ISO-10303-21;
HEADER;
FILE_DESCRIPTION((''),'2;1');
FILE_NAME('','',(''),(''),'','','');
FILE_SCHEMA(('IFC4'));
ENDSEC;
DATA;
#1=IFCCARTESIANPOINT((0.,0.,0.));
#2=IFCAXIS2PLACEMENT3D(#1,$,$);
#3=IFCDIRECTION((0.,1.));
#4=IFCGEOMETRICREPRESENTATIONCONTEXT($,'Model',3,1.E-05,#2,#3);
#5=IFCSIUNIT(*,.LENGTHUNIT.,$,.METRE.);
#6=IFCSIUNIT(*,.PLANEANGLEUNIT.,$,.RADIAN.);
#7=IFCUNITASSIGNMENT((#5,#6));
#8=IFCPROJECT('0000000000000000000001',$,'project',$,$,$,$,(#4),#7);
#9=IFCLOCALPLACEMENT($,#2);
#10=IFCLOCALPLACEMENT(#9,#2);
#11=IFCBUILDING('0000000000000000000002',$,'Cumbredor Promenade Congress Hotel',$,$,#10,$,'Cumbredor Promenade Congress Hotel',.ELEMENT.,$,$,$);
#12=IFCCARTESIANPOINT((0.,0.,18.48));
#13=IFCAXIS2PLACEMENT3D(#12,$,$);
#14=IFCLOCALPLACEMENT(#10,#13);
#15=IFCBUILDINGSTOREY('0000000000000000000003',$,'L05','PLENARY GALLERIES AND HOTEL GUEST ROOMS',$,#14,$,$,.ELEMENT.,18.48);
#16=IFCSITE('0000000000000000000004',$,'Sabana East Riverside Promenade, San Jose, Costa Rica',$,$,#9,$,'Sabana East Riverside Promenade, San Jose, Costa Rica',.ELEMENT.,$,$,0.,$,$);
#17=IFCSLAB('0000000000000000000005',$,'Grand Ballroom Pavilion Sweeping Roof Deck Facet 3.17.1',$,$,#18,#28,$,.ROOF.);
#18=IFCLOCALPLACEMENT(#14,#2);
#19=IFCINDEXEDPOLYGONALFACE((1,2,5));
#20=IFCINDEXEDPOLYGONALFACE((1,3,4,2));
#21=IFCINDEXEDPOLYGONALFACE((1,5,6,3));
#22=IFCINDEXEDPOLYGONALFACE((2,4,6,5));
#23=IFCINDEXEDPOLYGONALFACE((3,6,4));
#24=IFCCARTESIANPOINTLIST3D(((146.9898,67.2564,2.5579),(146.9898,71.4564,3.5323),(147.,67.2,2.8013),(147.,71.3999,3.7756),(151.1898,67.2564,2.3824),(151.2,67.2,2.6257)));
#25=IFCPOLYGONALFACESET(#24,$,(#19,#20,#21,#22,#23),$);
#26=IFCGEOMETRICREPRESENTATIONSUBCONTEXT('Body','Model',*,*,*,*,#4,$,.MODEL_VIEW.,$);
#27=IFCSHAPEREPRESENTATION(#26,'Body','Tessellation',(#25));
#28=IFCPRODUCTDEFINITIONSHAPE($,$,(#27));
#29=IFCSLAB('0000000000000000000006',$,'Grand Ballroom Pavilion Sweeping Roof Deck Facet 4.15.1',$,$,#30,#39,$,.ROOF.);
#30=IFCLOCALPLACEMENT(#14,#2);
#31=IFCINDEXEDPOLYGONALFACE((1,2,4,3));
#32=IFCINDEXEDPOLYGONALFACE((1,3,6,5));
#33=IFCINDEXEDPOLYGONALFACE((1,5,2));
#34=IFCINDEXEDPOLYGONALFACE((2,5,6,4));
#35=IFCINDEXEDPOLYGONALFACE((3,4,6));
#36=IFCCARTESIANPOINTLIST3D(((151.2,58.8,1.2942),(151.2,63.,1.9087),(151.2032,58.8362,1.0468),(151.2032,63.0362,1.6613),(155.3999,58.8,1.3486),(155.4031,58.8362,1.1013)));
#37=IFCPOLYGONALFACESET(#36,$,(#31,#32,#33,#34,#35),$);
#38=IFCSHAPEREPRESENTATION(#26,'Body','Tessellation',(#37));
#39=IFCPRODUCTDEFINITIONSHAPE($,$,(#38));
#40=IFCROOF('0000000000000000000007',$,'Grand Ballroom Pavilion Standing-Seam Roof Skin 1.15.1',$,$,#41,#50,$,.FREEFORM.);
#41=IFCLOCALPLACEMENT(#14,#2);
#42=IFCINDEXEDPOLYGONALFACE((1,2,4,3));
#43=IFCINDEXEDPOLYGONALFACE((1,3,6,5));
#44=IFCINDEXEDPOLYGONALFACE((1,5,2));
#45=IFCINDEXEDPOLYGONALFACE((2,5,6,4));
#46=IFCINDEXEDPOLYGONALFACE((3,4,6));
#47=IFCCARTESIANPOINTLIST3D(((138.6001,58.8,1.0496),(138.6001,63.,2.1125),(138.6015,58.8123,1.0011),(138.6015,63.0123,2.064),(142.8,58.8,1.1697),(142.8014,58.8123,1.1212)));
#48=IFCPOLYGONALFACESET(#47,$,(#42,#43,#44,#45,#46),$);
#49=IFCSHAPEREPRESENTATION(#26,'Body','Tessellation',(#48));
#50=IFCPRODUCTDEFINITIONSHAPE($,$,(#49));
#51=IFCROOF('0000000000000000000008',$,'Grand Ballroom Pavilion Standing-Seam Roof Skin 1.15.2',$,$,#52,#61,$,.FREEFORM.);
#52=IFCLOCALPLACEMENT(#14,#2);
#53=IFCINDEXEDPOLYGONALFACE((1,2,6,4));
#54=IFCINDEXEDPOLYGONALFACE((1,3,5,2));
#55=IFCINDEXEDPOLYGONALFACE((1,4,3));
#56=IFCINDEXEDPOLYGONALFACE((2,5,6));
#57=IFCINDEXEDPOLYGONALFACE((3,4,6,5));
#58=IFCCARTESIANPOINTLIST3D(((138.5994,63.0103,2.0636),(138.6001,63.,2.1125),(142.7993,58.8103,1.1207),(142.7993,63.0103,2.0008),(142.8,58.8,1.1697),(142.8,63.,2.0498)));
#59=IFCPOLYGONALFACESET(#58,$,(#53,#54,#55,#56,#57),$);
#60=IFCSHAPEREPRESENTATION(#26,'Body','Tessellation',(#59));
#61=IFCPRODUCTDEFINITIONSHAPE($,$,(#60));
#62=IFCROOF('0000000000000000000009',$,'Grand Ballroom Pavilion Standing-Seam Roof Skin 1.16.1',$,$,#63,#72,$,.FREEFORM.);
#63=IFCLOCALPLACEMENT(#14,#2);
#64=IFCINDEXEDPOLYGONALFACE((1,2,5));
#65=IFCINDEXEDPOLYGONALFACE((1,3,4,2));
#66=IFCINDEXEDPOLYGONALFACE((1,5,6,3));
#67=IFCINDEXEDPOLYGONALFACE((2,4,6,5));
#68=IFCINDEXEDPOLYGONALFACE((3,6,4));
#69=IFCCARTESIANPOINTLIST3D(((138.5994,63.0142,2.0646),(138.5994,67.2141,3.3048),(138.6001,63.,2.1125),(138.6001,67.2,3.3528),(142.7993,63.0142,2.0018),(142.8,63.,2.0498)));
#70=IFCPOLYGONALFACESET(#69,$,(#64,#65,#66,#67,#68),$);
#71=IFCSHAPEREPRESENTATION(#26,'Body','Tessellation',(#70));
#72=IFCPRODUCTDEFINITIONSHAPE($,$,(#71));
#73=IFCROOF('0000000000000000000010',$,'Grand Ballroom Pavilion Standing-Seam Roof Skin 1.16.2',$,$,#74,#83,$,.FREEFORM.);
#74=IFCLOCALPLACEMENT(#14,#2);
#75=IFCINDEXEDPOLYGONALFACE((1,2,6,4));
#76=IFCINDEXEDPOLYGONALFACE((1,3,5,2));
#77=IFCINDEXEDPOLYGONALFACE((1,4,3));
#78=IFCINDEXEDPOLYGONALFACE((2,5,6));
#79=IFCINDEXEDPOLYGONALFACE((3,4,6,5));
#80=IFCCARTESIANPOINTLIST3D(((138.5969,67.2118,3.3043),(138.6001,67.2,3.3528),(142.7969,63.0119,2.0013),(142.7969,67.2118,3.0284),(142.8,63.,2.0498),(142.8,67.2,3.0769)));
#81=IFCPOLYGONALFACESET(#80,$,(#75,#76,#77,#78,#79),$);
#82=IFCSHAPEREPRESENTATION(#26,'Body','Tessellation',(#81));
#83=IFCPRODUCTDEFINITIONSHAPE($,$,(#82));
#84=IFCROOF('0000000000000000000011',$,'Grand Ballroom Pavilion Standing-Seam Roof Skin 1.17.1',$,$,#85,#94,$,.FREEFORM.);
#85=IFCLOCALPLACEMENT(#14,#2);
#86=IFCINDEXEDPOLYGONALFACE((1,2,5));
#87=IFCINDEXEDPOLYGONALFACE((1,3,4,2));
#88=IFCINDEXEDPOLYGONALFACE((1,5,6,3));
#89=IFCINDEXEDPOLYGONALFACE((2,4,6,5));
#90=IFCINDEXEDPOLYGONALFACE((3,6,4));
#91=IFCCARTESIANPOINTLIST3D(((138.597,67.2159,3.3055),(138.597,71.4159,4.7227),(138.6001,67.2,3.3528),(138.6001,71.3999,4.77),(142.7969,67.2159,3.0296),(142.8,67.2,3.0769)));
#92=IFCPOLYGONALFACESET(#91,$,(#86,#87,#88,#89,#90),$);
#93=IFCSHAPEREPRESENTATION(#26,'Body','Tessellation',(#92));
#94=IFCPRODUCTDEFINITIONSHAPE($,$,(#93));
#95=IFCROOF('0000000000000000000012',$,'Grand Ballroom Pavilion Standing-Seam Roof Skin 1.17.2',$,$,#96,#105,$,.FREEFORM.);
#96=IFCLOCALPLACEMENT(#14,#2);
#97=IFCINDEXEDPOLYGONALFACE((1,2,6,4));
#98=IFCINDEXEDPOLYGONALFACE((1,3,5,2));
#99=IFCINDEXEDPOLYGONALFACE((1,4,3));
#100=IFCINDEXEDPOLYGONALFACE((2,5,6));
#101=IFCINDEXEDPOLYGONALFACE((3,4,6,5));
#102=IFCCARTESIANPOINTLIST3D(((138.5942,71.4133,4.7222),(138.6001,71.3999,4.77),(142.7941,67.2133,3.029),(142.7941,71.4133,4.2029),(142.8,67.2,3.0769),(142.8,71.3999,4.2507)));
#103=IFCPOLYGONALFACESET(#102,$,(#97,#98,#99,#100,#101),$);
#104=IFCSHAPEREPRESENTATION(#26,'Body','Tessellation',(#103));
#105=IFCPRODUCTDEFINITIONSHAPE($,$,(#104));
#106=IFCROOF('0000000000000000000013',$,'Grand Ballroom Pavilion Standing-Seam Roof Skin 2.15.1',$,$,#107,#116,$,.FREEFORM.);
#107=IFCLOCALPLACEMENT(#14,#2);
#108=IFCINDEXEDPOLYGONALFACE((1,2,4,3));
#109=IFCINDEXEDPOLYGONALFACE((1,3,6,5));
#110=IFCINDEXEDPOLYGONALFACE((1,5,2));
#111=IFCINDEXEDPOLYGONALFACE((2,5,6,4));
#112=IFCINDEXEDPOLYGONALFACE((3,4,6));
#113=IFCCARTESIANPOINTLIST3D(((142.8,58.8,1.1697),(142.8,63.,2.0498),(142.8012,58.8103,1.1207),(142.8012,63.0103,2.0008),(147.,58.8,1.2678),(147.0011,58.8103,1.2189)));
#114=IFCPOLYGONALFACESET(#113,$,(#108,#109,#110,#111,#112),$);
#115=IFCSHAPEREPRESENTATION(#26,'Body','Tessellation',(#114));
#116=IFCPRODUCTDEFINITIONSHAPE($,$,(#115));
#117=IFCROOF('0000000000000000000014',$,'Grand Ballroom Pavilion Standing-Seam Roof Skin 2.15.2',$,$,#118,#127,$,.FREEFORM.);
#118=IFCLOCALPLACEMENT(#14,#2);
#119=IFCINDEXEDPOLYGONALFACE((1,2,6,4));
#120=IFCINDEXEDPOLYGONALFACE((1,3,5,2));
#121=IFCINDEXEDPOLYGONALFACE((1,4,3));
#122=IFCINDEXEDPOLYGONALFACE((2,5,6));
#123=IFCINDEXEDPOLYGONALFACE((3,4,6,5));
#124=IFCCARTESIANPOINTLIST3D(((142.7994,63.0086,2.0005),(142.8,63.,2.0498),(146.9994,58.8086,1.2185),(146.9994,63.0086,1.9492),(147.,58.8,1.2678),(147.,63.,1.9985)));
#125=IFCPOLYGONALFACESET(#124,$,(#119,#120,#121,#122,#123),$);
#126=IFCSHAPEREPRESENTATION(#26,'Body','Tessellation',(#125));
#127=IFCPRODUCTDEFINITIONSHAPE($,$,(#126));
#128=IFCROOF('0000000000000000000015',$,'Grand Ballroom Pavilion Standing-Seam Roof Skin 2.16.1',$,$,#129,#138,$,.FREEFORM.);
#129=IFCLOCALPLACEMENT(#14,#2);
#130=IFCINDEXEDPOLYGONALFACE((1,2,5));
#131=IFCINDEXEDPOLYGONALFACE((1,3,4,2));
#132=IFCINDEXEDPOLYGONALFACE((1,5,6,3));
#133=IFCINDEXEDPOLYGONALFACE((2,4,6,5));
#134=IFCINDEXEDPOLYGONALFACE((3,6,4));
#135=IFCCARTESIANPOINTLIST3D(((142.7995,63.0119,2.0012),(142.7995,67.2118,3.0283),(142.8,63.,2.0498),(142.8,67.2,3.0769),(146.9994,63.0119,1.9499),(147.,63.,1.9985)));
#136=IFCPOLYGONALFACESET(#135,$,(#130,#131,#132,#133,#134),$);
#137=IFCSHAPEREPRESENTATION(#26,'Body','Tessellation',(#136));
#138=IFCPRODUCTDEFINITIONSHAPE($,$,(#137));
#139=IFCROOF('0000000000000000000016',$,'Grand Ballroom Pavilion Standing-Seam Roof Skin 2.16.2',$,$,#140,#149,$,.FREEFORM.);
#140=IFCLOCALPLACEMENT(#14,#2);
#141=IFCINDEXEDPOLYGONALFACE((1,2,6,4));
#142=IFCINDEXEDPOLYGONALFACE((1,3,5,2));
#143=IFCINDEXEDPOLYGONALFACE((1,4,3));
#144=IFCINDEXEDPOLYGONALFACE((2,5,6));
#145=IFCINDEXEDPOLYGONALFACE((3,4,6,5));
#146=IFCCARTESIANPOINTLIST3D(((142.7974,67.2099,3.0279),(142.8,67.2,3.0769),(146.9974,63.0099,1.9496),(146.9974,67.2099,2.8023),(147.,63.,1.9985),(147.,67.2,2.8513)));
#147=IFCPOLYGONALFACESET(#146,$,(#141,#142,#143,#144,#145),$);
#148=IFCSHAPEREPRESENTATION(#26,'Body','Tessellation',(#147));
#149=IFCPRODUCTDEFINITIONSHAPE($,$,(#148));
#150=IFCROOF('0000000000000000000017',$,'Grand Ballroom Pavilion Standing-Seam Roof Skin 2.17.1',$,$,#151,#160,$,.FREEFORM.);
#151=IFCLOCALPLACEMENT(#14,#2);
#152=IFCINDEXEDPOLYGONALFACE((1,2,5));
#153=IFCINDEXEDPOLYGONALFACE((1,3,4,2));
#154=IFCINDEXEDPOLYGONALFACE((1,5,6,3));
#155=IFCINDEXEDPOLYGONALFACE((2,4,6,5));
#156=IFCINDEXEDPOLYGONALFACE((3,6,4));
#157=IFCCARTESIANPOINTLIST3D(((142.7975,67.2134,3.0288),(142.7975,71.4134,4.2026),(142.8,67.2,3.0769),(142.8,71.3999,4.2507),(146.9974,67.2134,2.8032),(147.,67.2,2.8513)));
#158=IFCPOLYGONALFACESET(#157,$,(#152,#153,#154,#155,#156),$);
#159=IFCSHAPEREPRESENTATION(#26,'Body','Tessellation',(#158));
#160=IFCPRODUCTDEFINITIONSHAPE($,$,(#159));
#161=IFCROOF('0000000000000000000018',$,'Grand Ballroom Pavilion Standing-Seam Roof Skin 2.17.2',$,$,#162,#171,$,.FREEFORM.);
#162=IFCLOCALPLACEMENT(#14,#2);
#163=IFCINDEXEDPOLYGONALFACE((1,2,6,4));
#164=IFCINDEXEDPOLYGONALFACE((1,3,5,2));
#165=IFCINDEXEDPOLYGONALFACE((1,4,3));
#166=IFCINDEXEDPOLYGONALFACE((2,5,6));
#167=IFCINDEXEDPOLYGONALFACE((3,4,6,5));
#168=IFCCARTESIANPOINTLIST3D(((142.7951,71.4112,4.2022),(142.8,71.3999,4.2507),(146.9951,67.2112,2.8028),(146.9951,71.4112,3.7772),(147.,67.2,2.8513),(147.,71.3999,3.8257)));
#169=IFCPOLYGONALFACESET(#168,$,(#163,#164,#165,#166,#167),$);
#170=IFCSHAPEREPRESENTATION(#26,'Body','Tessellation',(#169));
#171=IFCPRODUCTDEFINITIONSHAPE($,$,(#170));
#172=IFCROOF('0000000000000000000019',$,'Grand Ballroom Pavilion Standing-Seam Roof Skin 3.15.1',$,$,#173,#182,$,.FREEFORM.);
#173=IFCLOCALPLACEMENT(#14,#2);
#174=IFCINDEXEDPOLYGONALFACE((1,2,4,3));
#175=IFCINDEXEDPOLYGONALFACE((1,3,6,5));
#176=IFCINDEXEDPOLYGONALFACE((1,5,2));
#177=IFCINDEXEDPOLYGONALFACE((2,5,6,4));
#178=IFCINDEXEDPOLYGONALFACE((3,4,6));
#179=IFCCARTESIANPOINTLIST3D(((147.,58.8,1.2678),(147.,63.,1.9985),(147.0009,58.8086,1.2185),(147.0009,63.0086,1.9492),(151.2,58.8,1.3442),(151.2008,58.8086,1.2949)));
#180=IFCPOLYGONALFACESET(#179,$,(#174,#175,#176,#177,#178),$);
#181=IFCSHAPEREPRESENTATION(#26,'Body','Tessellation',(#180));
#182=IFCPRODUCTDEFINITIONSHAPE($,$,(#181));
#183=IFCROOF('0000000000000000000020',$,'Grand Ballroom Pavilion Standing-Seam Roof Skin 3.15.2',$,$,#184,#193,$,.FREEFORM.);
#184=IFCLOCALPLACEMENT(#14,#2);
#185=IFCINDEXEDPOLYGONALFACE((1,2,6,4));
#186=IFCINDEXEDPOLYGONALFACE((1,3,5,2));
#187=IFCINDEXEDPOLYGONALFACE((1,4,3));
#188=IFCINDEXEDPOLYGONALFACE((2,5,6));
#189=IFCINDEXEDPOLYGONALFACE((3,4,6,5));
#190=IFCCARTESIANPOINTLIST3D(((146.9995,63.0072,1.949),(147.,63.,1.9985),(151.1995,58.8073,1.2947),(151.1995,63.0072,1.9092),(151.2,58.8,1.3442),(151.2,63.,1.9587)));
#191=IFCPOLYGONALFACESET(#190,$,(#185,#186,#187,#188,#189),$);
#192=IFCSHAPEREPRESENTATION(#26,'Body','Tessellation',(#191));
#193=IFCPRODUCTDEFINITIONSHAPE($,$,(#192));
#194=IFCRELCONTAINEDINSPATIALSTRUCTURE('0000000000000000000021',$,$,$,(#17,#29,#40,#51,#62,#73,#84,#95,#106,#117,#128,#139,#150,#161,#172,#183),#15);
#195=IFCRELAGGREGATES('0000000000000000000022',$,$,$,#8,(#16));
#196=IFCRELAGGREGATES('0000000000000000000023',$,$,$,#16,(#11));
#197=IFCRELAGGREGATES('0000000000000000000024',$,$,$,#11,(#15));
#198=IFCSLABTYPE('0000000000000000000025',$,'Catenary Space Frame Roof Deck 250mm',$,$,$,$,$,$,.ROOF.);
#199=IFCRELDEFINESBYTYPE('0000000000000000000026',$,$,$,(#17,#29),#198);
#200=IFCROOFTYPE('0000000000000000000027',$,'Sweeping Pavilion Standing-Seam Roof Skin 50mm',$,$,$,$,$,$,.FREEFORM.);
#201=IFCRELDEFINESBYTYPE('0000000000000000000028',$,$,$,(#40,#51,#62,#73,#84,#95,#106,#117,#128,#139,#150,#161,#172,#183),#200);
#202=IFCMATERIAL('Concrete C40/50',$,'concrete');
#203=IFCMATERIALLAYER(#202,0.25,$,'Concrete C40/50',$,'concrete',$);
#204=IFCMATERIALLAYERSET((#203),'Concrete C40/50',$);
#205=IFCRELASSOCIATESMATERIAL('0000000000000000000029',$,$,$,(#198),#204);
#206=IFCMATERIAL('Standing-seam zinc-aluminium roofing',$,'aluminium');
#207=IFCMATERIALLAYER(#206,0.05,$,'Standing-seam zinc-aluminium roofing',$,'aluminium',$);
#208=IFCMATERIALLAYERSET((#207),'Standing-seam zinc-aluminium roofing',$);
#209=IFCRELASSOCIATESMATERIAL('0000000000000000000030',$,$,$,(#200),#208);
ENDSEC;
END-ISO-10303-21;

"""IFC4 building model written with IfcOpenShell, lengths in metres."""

from ifc_helpers import new_model, si_unit, direction, frame, origin, place, context, subcontext, project, spatial, polyline, outline, extrude, material, layer, layer_set, type_object, element, save


model = new_model("IFC4")

# Units and contexts
model_context = context("Model", 3, precision=1e-05, world=origin(), true_north=direction((0.0, 1.0)))
body_context = subcontext(model_context, "Body", "Model", "MODEL_VIEW")
ifc_project = project(units=[si_unit("LENGTHUNIT", "METRE"), si_unit("PLANEANGLEUNIT", "RADIAN")], contexts=[model_context])

# Site, building, storey
site_placement = place(None, origin())
site = spatial("IfcSite", under=ifc_project, at=site_placement, Name="Sabana East Riverside Promenade, San Jose, Costa Rica", LongName="Sabana East Riverside Promenade, San Jose, Costa Rica", CompositionType="ELEMENT", RefElevation=0.0)
building_placement = place(site_placement, origin())
building = spatial("IfcBuilding", under=site, at=building_placement, Name="Cumbredor Promenade Congress Hotel", LongName="Cumbredor Promenade Congress Hotel", CompositionType="ELEMENT")
storey_placement = place(building_placement, frame((0.0, 0.0, 18.48)))
storey = spatial("IfcBuildingStorey", under=building, at=storey_placement, Name="L05", Description="PLENARY GALLERIES AND HOTEL GUEST ROOMS", CompositionType="ELEMENT", Elevation=18.48)

# Slabs
ifc_material_1 = material(Name="Concrete C40/50", Category="concrete")
ifc_layer_1 = layer(ifc_material_1, 0.25, Name="Concrete C40/50", Category="concrete")
ifc_layer_set_1 = layer_set([ifc_layer_1], Name="Concrete C40/50")
slab_type = type_object("IfcSlabType", Name="Catenary Space Frame Roof Deck 250mm", PredefinedType="ROOF", material=ifc_layer_set_1)
slab_1_placement = place(storey_placement, frame((147.0, 67.2, 2.8013), z_axis=(0.04068, -0.225805, 0.973323), x_axis=(0.999128, 0.0, -0.041759)))
element("IfcSlab", 1, at=slab_1_placement, inside=storey, type_object=slab_type, Name="Grand Ballroom Pavilion Sweeping Roof Deck Facet 3.17.1", PredefinedType="ROOF", context=body_context, shape_type="SweptSolid", body=[
    extrude(outline(polyline([(0.0, 0.0), (4.2036, 0.0), (-0.0407, 4.3113), (0.0, 0.0)])), origin(), (0.0, 0.0, -1.0), 0.25),
])
slab_2_placement = place(storey_placement, frame((151.2, 58.8, 1.2942), z_axis=(-0.012825, -0.144758, 0.989384), x_axis=(0.999916, 0.0, 0.012962)))
element("IfcSlab", 2, at=slab_2_placement, inside=storey, type_object=slab_type, Name="Grand Ballroom Pavilion Sweeping Roof Deck Facet 4.15.1", PredefinedType="ROOF", context=body_context, shape_type="SweptSolid", body=[
    extrude(outline(polyline([(0.0, 0.0), (4.2003, 0.0), (0.008, 4.2447), (0.0, 0.0)])), origin(), (0.0, 0.0, -1.0), 0.25),
])

# Roofs
ifc_material_2 = material(Name="Standing-seam zinc-aluminium roofing", Category="aluminium")
ifc_layer_2 = layer(ifc_material_2, 0.05, Name="Standing-seam zinc-aluminium roofing", Category="aluminium")
ifc_layer_set_2 = layer_set([ifc_layer_2], Name="Standing-seam zinc-aluminium roofing")
roof_type = type_object("IfcRoofType", Name="Sweeping Pavilion Standing-Seam Roof Skin 50mm", PredefinedType="FREEFORM", material=ifc_layer_set_2)
roof_1_placement = place(storey_placement, frame((138.6001, 58.8, 1.0496), z_axis=(-0.027715, -0.245265, 0.96906), x_axis=(0.999591, 0.0, 0.028588)))
element("IfcRoof", 3, at=roof_1_placement, inside=storey, type_object=roof_type, Name="Grand Ballroom Pavilion Standing-Seam Roof Skin 1.15.1", PredefinedType="FREEFORM", context=body_context, shape_type="SweptSolid", body=[
    extrude(outline(polyline([(0.0, 0.0), (4.2017, 0.0), (0.0304, 4.3323), (0.0, 0.0)])), origin(), (0.0, 0.0, -1.0), 0.05),
])
roof_2_placement = place(storey_placement, frame((142.8, 58.8, 1.1697), z_axis=(0.01462, -0.20508, 0.978636), x_axis=(0.0, 0.978741, 0.205101)))
element("IfcRoof", 4, at=roof_2_placement, inside=storey, type_object=roof_type, Name="Grand Ballroom Pavilion Standing-Seam Roof Skin 1.15.2", PredefinedType="FREEFORM", context=body_context, shape_type="SweptSolid", body=[
    extrude(outline(polyline([(0.0, 0.0), (4.2912, 0.0), (4.304, 4.2004), (0.0, 0.0)])), origin(), (0.0, 0.0, -1.0), 0.05),
])
roof_3_placement = place(storey_placement, frame((138.6001, 63.0, 2.1125), z_axis=(0.014326, -0.283178, 0.95896), x_axis=(0.999888, 0.0, -0.014938)))
element("IfcRoof", 5, at=roof_3_placement, inside=storey, type_object=roof_type, Name="Grand Ballroom Pavilion Standing-Seam Roof Skin 1.16.1", PredefinedType="FREEFORM", context=body_context, shape_type="SweptSolid", body=[
    extrude(outline(polyline([(0.0, 0.0), (4.2004, 0.0), (-0.0185, 4.3792), (0.0, 0.0)])), origin(), (0.0, 0.0, -1.0), 0.05),
])
roof_4_placement = place(storey_placement, frame((142.8, 63.0, 2.0498), z_axis=(0.063676, -0.237068, 0.969404), x_axis=(0.0, 0.971375, 0.23755)))
element("IfcRoof", 6, at=roof_4_placement, inside=storey, type_object=roof_type, Name="Grand Ballroom Pavilion Standing-Seam Roof Skin 1.16.2", PredefinedType="FREEFORM", context=body_context, shape_type="SweptSolid", body=[
    extrude(outline(polyline([(0.0, 0.0), (4.3237, 0.0), (4.3893, 4.2085), (0.0, 0.0)])), origin(), (0.0, 0.0, -1.0), 0.05),
])
roof_5_placement = place(storey_placement, frame((138.6001, 67.2, 3.3528), z_axis=(0.062118, -0.319111, 0.945679), x_axis=(0.99785, 0.0, -0.065545)))
element("IfcRoof", 7, at=roof_5_placement, inside=storey, type_object=roof_type, Name="Grand Ballroom Pavilion Standing-Seam Roof Skin 1.17.1", PredefinedType="FREEFORM", context=body_context, shape_type="SweptSolid", body=[
    extrude(outline(polyline([(0.0, 0.0), (4.209, 0.0), (-0.0929, 4.4316), (0.0, 0.0)])), origin(), (0.0, 0.0, -1.0), 0.05),
])
roof_6_placement = place(storey_placement, frame((142.8, 67.2, 3.0769), z_axis=(0.118243, -0.267283, 0.956336), x_axis=(0.0, 0.963092, 0.269171)))
element("IfcRoof", 8, at=roof_6_placement, inside=storey, type_object=roof_type, Name="Grand Ballroom Pavilion Standing-Seam Roof Skin 1.17.2", PredefinedType="FREEFORM", context=body_context, shape_type="SweptSolid", body=[
    extrude(outline(polyline([(0.0, 0.0), (4.3609, 0.0), (4.5007, 4.2296), (0.0, 0.0)])), origin(), (0.0, 0.0, -1.0), 0.05),
])
roof_7_placement = place(storey_placement, frame((142.8, 58.8, 1.1697), z_axis=(-0.022865, -0.205048, 0.978485), x_axis=(0.999727, 0.0, 0.023362)))
element("IfcRoof", 9, at=roof_7_placement, inside=storey, type_object=roof_type, Name="Grand Ballroom Pavilion Standing-Seam Roof Skin 2.15.1", PredefinedType="FREEFORM", context=body_context, shape_type="SweptSolid", body=[
    extrude(outline(polyline([(0.0, 0.0), (4.2011, 0.0), (0.0206, 4.2911), (0.0, 0.0)])), origin(), (0.0, 0.0, -1.0), 0.05),
])
roof_8_placement = place(storey_placement, frame((147.0, 58.8, 1.2678), z_axis=(0.012026, -0.171394, 0.985129), x_axis=(0.0, 0.9852, 0.171406)))
element("IfcRoof", 10, at=roof_8_placement, inside=storey, type_object=roof_type, Name="Grand Ballroom Pavilion Standing-Seam Roof Skin 2.15.2", PredefinedType="FREEFORM", context=body_context, shape_type="SweptSolid", body=[
    extrude(outline(polyline([(0.0, 0.0), (4.263, 0.0), (4.2718, 4.2003), (0.0, 0.0)])), origin(), (0.0, 0.0, -1.0), 0.05),
])
roof_9_placement = place(storey_placement, frame((142.8, 63.0, 2.0498), z_axis=(0.011857, -0.237533, 0.971307), x_axis=(0.999926, 0.0, -0.012206)))
element("IfcRoof", 11, at=roof_9_placement, inside=storey, type_object=roof_type, Name="Grand Ballroom Pavilion Standing-Seam Roof Skin 2.16.1", PredefinedType="FREEFORM", context=body_context, shape_type="SweptSolid", body=[
    extrude(outline(polyline([(0.0, 0.0), (4.2003, 0.0), (-0.0125, 4.3237), (0.0, 0.0)])), origin(), (0.0, 0.0, -1.0), 0.05),
])
roof_10_placement = place(storey_placement, frame((147.0, 63.0, 1.9985), z_axis=(0.052565, -0.19871, 0.978648), x_axis=(0.0, 0.980002, 0.198986)))
element("IfcRoof", 12, at=roof_10_placement, inside=storey, type_object=roof_type, Name="Grand Ballroom Pavilion Standing-Seam Roof Skin 2.16.2", PredefinedType="FREEFORM", context=body_context, shape_type="SweptSolid", body=[
    extrude(outline(polyline([(0.0, 0.0), (4.2857, 0.0), (4.3305, 4.2058), (0.0, 0.0)])), origin(), (0.0, 0.0, -1.0), 0.05),
])
roof_11_placement = place(storey_placement, frame((142.8, 67.2, 3.0769), z_axis=(0.05166, -0.268812, 0.961806), x_axis=(0.998561, 0.0, -0.053634)))
element("IfcRoof", 13, at=roof_11_placement, inside=storey, type_object=roof_type, Name="Grand Ballroom Pavilion Standing-Seam Roof Skin 2.17.1", PredefinedType="FREEFORM", context=body_context, shape_type="SweptSolid", body=[
    extrude(outline(polyline([(0.0, 0.0), (4.206, 0.0), (-0.063, 4.3604), (0.0, 0.0)])), origin(), (0.0, 0.0, -1.0), 0.05),
])
roof_12_placement = place(storey_placement, frame((147.0, 67.2, 2.8513), z_axis=(0.098109, -0.224902, 0.969429), x_axis=(0.0, 0.974129, 0.225993)))
element("IfcRoof", 14, at=roof_12_placement, inside=storey, type_object=roof_type, Name="Grand Ballroom Pavilion Standing-Seam Roof Skin 2.17.2", PredefinedType="FREEFORM", context=body_context, shape_type="SweptSolid", body=[
    extrude(outline(polyline([(0.0, 0.0), (4.3115, 0.0), (4.4076, 4.2203), (0.0, 0.0)])), origin(), (0.0, 0.0, -1.0), 0.05),
])
roof_13_placement = place(storey_placement, frame((147.0, 58.8, 1.2678), z_axis=(-0.017922, -0.171379, 0.985042), x_axis=(0.999835, 0.0, 0.018191)))
element("IfcRoof", 15, at=roof_13_placement, inside=storey, type_object=roof_type, Name="Grand Ballroom Pavilion Standing-Seam Roof Skin 3.15.1", PredefinedType="FREEFORM", context=body_context, shape_type="SweptSolid", body=[
    extrude(outline(polyline([(0.0, 0.0), (4.2006, 0.0), (0.0133, 4.263), (0.0, 0.0)])), origin(), (0.0, 0.0, -1.0), 0.05),
])
roof_14_placement = place(storey_placement, frame((151.2, 58.8, 1.3442), z_axis=(0.009375, -0.144764, 0.989422), x_axis=(0.0, 0.989465, 0.14477)))
element("IfcRoof", 16, at=roof_14_placement, inside=storey, type_object=roof_type, Name="Grand Ballroom Pavilion Standing-Seam Roof Skin 3.15.2", PredefinedType="FREEFORM", context=body_context, shape_type="SweptSolid", body=[
    extrude(outline(polyline([(0.0, 0.0), (4.2447, 0.0), (4.2504, 4.2001), (0.0, 0.0)])), origin(), (0.0, 0.0, -1.0), 0.05),
])

save(model, "model.ifc")
